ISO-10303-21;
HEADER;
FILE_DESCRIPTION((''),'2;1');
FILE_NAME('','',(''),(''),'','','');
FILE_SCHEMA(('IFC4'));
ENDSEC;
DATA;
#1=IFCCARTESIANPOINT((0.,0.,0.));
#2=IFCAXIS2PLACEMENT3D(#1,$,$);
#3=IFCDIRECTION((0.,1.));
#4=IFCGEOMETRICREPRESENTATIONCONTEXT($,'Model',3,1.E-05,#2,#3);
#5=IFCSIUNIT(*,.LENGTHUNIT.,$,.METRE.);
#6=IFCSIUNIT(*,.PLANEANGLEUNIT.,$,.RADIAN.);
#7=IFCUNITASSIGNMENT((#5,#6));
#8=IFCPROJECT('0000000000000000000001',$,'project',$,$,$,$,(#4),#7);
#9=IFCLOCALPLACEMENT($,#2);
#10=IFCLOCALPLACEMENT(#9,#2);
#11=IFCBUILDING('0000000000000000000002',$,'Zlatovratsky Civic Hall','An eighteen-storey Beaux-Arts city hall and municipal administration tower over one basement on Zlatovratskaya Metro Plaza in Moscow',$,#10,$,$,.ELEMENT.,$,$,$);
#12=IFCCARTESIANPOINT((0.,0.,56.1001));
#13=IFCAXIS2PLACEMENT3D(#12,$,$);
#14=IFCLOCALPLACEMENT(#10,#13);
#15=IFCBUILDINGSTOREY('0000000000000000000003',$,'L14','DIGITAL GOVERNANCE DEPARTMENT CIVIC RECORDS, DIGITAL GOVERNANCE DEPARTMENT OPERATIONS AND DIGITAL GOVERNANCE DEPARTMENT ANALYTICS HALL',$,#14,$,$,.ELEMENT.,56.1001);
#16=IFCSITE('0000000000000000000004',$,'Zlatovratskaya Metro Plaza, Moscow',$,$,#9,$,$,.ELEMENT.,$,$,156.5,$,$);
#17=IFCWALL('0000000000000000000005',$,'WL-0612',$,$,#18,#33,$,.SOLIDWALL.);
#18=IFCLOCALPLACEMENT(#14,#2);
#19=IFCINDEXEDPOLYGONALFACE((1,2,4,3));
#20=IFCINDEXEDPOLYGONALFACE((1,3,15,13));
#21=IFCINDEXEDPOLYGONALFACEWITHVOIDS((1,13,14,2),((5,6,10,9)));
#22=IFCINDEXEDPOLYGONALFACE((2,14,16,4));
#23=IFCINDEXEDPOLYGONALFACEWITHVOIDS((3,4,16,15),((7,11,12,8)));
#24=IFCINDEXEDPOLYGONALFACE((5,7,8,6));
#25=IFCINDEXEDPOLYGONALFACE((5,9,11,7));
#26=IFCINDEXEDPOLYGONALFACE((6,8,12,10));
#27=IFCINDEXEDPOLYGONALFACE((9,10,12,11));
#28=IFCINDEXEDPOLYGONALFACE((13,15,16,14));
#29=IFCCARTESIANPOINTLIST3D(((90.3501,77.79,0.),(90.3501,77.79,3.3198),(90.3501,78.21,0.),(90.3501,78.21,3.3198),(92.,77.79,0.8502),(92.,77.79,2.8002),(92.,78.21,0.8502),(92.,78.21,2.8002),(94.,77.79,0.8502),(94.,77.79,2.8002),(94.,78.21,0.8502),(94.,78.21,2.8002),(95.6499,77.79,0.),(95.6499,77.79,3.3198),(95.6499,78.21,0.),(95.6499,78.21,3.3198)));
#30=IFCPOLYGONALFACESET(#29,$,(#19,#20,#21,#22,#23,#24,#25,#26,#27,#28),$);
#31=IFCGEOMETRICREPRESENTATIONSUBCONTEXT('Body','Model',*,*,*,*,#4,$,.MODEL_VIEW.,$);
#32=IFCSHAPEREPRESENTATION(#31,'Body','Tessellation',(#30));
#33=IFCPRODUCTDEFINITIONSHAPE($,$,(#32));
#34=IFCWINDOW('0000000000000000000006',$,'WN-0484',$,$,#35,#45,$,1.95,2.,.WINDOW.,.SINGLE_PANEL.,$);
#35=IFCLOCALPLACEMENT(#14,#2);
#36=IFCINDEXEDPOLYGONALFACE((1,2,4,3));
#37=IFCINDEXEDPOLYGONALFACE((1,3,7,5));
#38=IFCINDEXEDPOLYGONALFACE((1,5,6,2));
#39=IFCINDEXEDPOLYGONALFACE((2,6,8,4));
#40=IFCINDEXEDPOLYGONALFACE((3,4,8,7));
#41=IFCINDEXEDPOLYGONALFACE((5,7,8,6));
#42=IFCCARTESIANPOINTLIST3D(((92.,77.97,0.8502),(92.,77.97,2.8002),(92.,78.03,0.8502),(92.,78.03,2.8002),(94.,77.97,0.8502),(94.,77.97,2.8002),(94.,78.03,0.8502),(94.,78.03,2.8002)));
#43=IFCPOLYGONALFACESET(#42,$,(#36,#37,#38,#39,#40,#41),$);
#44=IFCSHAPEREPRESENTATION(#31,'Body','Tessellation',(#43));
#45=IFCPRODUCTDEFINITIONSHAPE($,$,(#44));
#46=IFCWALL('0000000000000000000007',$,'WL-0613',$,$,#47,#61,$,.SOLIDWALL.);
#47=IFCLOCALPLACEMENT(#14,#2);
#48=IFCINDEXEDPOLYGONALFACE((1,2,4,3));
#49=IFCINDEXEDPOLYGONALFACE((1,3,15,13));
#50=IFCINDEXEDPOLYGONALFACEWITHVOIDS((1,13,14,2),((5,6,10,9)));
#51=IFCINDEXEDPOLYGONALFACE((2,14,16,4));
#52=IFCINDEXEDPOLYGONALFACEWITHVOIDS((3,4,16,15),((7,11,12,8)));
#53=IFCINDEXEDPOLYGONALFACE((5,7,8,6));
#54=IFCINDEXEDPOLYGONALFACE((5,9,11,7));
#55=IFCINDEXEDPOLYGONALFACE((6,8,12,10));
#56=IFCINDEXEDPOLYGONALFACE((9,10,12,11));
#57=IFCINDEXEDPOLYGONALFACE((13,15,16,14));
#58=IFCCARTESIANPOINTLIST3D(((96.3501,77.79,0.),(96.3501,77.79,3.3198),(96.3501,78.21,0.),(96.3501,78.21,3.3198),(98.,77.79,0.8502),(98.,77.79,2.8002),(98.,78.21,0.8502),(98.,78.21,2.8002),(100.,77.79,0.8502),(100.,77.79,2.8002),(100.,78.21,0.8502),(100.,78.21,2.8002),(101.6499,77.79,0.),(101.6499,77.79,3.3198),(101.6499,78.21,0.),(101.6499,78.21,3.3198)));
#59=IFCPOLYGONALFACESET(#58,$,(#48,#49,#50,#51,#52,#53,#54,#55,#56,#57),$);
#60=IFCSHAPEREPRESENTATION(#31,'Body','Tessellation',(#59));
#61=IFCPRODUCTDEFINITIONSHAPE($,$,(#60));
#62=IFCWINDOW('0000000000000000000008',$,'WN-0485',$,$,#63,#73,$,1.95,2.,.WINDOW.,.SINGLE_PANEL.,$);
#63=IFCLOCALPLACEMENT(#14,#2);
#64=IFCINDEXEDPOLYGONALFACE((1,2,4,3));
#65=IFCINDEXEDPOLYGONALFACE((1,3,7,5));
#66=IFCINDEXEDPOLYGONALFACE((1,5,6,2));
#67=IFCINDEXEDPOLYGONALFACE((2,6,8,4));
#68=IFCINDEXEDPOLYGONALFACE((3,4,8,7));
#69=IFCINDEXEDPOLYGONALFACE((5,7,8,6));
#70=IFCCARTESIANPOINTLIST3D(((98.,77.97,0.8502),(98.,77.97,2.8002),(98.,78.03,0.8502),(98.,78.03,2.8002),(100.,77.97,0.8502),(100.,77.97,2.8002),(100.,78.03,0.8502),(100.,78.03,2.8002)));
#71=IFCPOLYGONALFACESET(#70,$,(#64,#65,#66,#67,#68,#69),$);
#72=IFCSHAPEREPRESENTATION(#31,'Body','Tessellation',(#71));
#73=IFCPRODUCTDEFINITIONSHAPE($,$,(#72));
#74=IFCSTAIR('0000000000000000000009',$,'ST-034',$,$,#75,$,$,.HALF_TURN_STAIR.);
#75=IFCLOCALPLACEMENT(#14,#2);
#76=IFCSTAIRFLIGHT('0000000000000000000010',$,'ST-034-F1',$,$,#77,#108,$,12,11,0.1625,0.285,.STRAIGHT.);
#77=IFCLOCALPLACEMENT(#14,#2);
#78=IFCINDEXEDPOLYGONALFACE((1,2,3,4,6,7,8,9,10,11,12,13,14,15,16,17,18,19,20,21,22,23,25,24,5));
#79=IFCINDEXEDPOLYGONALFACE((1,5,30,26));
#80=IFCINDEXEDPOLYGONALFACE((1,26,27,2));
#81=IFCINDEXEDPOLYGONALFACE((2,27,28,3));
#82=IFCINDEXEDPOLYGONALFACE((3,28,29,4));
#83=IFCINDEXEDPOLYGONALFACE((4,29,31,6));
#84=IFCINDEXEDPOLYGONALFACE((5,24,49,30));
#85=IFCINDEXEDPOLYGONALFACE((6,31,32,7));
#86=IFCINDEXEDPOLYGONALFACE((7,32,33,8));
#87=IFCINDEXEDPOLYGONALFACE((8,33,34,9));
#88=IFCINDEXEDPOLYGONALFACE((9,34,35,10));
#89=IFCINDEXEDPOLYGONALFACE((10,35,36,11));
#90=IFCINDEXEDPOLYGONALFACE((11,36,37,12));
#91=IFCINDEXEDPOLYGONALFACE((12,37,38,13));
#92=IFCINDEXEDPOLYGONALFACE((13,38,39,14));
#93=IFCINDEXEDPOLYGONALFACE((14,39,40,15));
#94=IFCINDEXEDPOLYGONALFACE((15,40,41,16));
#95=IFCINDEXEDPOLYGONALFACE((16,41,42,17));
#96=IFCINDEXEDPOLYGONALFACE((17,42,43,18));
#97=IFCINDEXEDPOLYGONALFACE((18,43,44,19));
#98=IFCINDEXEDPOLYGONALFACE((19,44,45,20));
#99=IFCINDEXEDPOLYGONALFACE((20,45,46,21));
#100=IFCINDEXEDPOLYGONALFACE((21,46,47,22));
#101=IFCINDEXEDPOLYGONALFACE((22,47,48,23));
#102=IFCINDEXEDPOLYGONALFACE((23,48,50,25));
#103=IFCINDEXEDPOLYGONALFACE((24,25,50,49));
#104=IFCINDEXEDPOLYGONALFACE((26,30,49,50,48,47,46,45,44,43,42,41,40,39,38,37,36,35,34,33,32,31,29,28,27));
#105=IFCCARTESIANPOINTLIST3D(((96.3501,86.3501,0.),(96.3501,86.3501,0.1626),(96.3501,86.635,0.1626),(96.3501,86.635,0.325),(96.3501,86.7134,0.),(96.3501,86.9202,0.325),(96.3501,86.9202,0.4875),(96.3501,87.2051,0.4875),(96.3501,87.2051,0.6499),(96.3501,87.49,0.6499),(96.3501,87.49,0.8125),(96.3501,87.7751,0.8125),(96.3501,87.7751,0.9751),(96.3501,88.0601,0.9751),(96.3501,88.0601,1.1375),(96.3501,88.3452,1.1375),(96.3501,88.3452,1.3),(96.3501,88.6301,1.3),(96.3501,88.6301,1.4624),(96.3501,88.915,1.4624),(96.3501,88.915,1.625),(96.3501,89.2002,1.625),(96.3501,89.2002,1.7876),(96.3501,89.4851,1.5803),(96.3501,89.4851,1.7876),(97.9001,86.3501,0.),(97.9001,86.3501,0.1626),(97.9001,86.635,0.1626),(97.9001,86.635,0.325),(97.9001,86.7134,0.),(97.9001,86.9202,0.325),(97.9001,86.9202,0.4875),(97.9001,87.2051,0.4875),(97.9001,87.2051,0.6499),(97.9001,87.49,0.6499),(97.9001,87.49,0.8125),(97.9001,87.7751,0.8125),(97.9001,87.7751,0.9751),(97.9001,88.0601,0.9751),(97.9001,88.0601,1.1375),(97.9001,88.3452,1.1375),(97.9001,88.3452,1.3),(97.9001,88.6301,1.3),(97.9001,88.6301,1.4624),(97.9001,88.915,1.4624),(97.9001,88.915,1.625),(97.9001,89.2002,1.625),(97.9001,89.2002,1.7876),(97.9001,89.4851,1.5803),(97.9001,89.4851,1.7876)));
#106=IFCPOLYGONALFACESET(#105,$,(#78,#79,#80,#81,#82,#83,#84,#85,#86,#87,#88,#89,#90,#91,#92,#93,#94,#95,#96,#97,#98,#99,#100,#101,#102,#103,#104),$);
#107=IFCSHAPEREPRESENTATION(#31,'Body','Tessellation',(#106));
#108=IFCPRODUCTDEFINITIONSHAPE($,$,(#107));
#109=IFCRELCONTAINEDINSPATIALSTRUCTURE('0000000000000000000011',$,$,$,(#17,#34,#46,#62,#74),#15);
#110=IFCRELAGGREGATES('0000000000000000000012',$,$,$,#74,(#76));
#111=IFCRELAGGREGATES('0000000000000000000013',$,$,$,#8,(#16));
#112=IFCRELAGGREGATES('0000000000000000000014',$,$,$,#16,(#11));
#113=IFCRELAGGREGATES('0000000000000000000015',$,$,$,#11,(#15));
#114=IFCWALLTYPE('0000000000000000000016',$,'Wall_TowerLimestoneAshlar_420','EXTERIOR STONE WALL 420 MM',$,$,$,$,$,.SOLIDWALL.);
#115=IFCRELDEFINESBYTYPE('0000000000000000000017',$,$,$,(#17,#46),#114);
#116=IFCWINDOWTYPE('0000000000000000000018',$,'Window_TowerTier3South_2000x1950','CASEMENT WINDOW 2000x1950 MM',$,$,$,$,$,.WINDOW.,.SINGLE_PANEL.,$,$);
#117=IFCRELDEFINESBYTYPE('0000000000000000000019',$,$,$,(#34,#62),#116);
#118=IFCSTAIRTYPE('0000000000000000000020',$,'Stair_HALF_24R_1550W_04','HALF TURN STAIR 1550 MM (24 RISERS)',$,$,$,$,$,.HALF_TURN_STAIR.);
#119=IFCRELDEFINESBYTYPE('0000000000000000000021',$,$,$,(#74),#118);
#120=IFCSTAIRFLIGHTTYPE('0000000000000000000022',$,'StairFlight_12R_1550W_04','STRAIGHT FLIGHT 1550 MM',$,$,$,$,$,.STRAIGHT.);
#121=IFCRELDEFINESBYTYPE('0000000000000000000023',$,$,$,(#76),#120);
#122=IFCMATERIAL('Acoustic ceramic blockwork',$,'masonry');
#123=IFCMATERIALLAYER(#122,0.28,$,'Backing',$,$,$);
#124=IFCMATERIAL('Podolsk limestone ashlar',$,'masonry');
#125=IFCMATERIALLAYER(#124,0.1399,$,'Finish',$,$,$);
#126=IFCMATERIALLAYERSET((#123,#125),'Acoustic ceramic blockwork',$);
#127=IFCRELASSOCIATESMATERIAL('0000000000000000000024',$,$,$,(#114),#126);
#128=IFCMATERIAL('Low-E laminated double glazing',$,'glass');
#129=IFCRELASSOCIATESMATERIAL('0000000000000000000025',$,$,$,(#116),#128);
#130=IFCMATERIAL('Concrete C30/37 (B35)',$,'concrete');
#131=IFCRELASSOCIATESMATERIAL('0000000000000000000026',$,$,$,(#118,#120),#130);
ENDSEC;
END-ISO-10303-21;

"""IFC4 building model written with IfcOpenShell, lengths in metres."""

from ifc_helpers import new_model, si_unit, direction, frame, frame_2d, origin, place, context, subcontext, project, spatial, polyline, rectangle, outline, extrude, material, layer, layer_set, type_object, element, fill, aggregate, save


model = new_model("IFC4")

# Units and contexts
model_context = context("Model", 3, precision=1e-05, world=origin(), true_north=direction((0.0, 1.0)))
body_context = subcontext(model_context, "Body", "Model", "MODEL_VIEW")
ifc_project = project(units=[si_unit("LENGTHUNIT", "METRE"), si_unit("PLANEANGLEUNIT", "RADIAN")], contexts=[model_context])

# Site, building, storey
site_placement = place(None, origin())
site = spatial("IfcSite", under=ifc_project, at=site_placement, Name="Zlatovratskaya Metro Plaza, Moscow", CompositionType="ELEMENT", RefElevation=156.5)
building_placement = place(site_placement, origin())
building = spatial("IfcBuilding", under=site, at=building_placement, Name="Zlatovratsky Civic Hall", Description="An eighteen-storey Beaux-Arts city hall and municipal administration tower over one basement on Zlatovratskaya Metro Plaza in Moscow", CompositionType="ELEMENT")
storey_placement = place(building_placement, frame((0.0, 0.0, 56.1001)))
storey = spatial("IfcBuildingStorey", under=building, at=storey_placement, Name="L14", Description="DIGITAL GOVERNANCE DEPARTMENT CIVIC RECORDS, DIGITAL GOVERNANCE DEPARTMENT OPERATIONS AND DIGITAL GOVERNANCE DEPARTMENT ANALYTICS HALL", CompositionType="ELEMENT", Elevation=56.1001)

# Shared definitions
ifc_material_1 = material(Name="Acoustic ceramic blockwork", Category="masonry")

# Walls, openings, windows
ifc_layer_1 = layer(ifc_material_1, 0.28, Name="Backing")
ifc_material_2 = material(Name="Podolsk limestone ashlar", Category="masonry")
ifc_layer_2 = layer(ifc_material_2, 0.1399, Name="Finish")
ifc_layer_set_1 = layer_set([ifc_layer_1, ifc_layer_2], Name="Acoustic ceramic blockwork")
wall_type_1 = type_object("IfcWallType", Name="Wall_TowerLimestoneAshlar_420", Description="EXTERIOR STONE WALL 420 MM", PredefinedType="SOLIDWALL", material=ifc_layer_set_1)
wall_1_placement = place(storey_placement, frame((90.3501, 78.0, 0.0), z_axis=(0.0, 0.0, 1.0), x_axis=(1.0, 0.0, 0.0)))
wall_1 = element("IfcWall", 1, at=wall_1_placement, inside=storey, type_object=wall_type_1, Name="WL-0612", PredefinedType="SOLIDWALL", context=body_context, shape_type="SweptSolid", body=[
    extrude(rectangle(XDim=5.2998, YDim=0.4199, at=frame_2d((2.6499, 0.0))), origin(), (0.0, 0.0, 1.0), 3.3198),
])
opening_1_placement = place(wall_1_placement, frame((1.6499, 0.0, 0.8501)))
opening_1 = element("IfcOpeningElement", 2, at=opening_1_placement, cuts=wall_1, PredefinedType="OPENING", context=body_context, shape_type="SweptSolid", body=[
    extrude(rectangle(XDim=2.0, YDim=1.95, at=frame_2d((1.0, 0.9751))), frame((0.0, 0.2249, 0.0), z_axis=(0.0, -1.0, 0.0), x_axis=(1.0, 0.0, 0.0)), (0.0, 0.0, 1.0), 0.4497),
])
ifc_material_3 = material(Name="Low-E laminated double glazing", Category="glass")
window_type = type_object("IfcWindowType", Name="Window_TowerTier3South_2000x1950", Description="CASEMENT WINDOW 2000x1950 MM", PartitioningType="SINGLE_PANEL", PredefinedType="WINDOW", material=ifc_material_3)
window_1_placement = place(opening_1_placement, origin())
window_1 = element("IfcWindow", 3, at=window_1_placement, inside=storey, type_object=window_type, Name="WN-0484", OverallHeight=1.95, OverallWidth=2.0, PartitioningType="SINGLE_PANEL", PredefinedType="WINDOW", context=body_context, shape_type="SweptSolid", body=[
    extrude(rectangle(XDim=2.0, YDim=1.95, at=frame_2d((1.0, 0.9751))), frame((0.0, 0.03, 0.0), z_axis=(0.0, -1.0, 0.0), x_axis=(1.0, 0.0, 0.0)), (0.0, 0.0, 1.0), 0.0601),
])
fill(opening_1, window_1)
wall_2_placement = place(storey_placement, frame((96.3501, 78.0, 0.0), z_axis=(0.0, 0.0, 1.0), x_axis=(1.0, 0.0, 0.0)))
wall_2 = element("IfcWall", 4, at=wall_2_placement, inside=storey, type_object=wall_type_1, Name="WL-0613", PredefinedType="SOLIDWALL", context=body_context, shape_type="SweptSolid", body=[
    extrude(rectangle(XDim=5.2998, YDim=0.4199, at=frame_2d((2.6499, 0.0))), origin(), (0.0, 0.0, 1.0), 3.3198),
])
opening_2_placement = place(wall_2_placement, frame((1.6499, 0.0, 0.8501)))
opening_2 = element("IfcOpeningElement", 5, at=opening_2_placement, cuts=wall_2, PredefinedType="OPENING", context=body_context, shape_type="SweptSolid", body=[
    extrude(rectangle(XDim=2.0, YDim=1.95, at=frame_2d((1.0, 0.9751))), frame((0.0, 0.2249, 0.0), z_axis=(0.0, -1.0, 0.0), x_axis=(1.0, 0.0, 0.0)), (0.0, 0.0, 1.0), 0.4497),
])
window_2_placement = place(opening_2_placement, origin())
window_2 = element("IfcWindow", 6, at=window_2_placement, inside=storey, type_object=window_type, Name="WN-0485", OverallHeight=1.95, OverallWidth=2.0, PartitioningType="SINGLE_PANEL", PredefinedType="WINDOW", context=body_context, shape_type="SweptSolid", body=[
    extrude(rectangle(XDim=2.0, YDim=1.95, at=frame_2d((1.0, 0.9751))), frame((0.0, 0.03, 0.0), z_axis=(0.0, -1.0, 0.0), x_axis=(1.0, 0.0, 0.0)), (0.0, 0.0, 1.0), 0.0601),
])
fill(opening_2, window_2)

# Stair, stair flight
ifc_material_4 = material(Name="Concrete C30/37 (B35)", Category="concrete")
stair_type = type_object("IfcStairType", Name="Stair_HALF_24R_1550W_04", Description="HALF TURN STAIR 1550 MM (24 RISERS)", PredefinedType="HALF_TURN_STAIR", material=ifc_material_4)
stair_placement = place(storey_placement, origin())
stair = element("IfcStair", 7, at=stair_placement, inside=storey, type_object=stair_type, Name="ST-034", PredefinedType="HALF_TURN_STAIR")
stair_flight_type = type_object("IfcStairFlightType", Name="StairFlight_12R_1550W_04", Description="STRAIGHT FLIGHT 1550 MM", PredefinedType="STRAIGHT", material=ifc_material_4)
stair_flight_placement = place(storey_placement, frame((97.125, 86.3501, 0.0), z_axis=(0.0, 0.0, 1.0), x_axis=(0.0, 1.0, 0.0)))
stair_flight = element("IfcStairFlight", 8, at=stair_flight_placement, type_object=stair_flight_type, Name="ST-034-F1", NumberOfRisers=12, NumberOfTreads=11, PredefinedType="STRAIGHT", RiserHeight=0.1625, TreadLength=0.285, context=body_context, shape_type="SweptSolid", body=[
    extrude(outline(polyline([(0.0, 0.0), (0.0, 0.1626), (0.2849, 0.1626), (0.2849, 0.325), (0.5701, 0.325), (0.5701, 0.4875), (0.855, 0.4875), (0.855, 0.6499), (1.1399, 0.6499), (1.1399, 0.8125), (1.425, 0.8125), (1.425, 0.9751), (1.71, 0.9751), (1.71, 1.1375), (1.9951, 1.1375), (1.9951, 1.3), (2.28, 1.3), (2.28, 1.4624), (2.5649, 1.4624), (2.5649, 1.625), (2.8501, 1.625), (2.8501, 1.7876), (3.135, 1.7876), (3.135, 1.95), (3.135, 1.5803), (0.3633, 0.0), (0.0, 0.0)])), frame((0.0, 0.7749, 0.0), z_axis=(0.0, -1.0, 0.0), x_axis=(1.0, 0.0, 0.0)), (0.0, 0.0, 1.0), 1.55),
])
aggregate(stair, [stair_flight])

save(model, "model.ifc")
